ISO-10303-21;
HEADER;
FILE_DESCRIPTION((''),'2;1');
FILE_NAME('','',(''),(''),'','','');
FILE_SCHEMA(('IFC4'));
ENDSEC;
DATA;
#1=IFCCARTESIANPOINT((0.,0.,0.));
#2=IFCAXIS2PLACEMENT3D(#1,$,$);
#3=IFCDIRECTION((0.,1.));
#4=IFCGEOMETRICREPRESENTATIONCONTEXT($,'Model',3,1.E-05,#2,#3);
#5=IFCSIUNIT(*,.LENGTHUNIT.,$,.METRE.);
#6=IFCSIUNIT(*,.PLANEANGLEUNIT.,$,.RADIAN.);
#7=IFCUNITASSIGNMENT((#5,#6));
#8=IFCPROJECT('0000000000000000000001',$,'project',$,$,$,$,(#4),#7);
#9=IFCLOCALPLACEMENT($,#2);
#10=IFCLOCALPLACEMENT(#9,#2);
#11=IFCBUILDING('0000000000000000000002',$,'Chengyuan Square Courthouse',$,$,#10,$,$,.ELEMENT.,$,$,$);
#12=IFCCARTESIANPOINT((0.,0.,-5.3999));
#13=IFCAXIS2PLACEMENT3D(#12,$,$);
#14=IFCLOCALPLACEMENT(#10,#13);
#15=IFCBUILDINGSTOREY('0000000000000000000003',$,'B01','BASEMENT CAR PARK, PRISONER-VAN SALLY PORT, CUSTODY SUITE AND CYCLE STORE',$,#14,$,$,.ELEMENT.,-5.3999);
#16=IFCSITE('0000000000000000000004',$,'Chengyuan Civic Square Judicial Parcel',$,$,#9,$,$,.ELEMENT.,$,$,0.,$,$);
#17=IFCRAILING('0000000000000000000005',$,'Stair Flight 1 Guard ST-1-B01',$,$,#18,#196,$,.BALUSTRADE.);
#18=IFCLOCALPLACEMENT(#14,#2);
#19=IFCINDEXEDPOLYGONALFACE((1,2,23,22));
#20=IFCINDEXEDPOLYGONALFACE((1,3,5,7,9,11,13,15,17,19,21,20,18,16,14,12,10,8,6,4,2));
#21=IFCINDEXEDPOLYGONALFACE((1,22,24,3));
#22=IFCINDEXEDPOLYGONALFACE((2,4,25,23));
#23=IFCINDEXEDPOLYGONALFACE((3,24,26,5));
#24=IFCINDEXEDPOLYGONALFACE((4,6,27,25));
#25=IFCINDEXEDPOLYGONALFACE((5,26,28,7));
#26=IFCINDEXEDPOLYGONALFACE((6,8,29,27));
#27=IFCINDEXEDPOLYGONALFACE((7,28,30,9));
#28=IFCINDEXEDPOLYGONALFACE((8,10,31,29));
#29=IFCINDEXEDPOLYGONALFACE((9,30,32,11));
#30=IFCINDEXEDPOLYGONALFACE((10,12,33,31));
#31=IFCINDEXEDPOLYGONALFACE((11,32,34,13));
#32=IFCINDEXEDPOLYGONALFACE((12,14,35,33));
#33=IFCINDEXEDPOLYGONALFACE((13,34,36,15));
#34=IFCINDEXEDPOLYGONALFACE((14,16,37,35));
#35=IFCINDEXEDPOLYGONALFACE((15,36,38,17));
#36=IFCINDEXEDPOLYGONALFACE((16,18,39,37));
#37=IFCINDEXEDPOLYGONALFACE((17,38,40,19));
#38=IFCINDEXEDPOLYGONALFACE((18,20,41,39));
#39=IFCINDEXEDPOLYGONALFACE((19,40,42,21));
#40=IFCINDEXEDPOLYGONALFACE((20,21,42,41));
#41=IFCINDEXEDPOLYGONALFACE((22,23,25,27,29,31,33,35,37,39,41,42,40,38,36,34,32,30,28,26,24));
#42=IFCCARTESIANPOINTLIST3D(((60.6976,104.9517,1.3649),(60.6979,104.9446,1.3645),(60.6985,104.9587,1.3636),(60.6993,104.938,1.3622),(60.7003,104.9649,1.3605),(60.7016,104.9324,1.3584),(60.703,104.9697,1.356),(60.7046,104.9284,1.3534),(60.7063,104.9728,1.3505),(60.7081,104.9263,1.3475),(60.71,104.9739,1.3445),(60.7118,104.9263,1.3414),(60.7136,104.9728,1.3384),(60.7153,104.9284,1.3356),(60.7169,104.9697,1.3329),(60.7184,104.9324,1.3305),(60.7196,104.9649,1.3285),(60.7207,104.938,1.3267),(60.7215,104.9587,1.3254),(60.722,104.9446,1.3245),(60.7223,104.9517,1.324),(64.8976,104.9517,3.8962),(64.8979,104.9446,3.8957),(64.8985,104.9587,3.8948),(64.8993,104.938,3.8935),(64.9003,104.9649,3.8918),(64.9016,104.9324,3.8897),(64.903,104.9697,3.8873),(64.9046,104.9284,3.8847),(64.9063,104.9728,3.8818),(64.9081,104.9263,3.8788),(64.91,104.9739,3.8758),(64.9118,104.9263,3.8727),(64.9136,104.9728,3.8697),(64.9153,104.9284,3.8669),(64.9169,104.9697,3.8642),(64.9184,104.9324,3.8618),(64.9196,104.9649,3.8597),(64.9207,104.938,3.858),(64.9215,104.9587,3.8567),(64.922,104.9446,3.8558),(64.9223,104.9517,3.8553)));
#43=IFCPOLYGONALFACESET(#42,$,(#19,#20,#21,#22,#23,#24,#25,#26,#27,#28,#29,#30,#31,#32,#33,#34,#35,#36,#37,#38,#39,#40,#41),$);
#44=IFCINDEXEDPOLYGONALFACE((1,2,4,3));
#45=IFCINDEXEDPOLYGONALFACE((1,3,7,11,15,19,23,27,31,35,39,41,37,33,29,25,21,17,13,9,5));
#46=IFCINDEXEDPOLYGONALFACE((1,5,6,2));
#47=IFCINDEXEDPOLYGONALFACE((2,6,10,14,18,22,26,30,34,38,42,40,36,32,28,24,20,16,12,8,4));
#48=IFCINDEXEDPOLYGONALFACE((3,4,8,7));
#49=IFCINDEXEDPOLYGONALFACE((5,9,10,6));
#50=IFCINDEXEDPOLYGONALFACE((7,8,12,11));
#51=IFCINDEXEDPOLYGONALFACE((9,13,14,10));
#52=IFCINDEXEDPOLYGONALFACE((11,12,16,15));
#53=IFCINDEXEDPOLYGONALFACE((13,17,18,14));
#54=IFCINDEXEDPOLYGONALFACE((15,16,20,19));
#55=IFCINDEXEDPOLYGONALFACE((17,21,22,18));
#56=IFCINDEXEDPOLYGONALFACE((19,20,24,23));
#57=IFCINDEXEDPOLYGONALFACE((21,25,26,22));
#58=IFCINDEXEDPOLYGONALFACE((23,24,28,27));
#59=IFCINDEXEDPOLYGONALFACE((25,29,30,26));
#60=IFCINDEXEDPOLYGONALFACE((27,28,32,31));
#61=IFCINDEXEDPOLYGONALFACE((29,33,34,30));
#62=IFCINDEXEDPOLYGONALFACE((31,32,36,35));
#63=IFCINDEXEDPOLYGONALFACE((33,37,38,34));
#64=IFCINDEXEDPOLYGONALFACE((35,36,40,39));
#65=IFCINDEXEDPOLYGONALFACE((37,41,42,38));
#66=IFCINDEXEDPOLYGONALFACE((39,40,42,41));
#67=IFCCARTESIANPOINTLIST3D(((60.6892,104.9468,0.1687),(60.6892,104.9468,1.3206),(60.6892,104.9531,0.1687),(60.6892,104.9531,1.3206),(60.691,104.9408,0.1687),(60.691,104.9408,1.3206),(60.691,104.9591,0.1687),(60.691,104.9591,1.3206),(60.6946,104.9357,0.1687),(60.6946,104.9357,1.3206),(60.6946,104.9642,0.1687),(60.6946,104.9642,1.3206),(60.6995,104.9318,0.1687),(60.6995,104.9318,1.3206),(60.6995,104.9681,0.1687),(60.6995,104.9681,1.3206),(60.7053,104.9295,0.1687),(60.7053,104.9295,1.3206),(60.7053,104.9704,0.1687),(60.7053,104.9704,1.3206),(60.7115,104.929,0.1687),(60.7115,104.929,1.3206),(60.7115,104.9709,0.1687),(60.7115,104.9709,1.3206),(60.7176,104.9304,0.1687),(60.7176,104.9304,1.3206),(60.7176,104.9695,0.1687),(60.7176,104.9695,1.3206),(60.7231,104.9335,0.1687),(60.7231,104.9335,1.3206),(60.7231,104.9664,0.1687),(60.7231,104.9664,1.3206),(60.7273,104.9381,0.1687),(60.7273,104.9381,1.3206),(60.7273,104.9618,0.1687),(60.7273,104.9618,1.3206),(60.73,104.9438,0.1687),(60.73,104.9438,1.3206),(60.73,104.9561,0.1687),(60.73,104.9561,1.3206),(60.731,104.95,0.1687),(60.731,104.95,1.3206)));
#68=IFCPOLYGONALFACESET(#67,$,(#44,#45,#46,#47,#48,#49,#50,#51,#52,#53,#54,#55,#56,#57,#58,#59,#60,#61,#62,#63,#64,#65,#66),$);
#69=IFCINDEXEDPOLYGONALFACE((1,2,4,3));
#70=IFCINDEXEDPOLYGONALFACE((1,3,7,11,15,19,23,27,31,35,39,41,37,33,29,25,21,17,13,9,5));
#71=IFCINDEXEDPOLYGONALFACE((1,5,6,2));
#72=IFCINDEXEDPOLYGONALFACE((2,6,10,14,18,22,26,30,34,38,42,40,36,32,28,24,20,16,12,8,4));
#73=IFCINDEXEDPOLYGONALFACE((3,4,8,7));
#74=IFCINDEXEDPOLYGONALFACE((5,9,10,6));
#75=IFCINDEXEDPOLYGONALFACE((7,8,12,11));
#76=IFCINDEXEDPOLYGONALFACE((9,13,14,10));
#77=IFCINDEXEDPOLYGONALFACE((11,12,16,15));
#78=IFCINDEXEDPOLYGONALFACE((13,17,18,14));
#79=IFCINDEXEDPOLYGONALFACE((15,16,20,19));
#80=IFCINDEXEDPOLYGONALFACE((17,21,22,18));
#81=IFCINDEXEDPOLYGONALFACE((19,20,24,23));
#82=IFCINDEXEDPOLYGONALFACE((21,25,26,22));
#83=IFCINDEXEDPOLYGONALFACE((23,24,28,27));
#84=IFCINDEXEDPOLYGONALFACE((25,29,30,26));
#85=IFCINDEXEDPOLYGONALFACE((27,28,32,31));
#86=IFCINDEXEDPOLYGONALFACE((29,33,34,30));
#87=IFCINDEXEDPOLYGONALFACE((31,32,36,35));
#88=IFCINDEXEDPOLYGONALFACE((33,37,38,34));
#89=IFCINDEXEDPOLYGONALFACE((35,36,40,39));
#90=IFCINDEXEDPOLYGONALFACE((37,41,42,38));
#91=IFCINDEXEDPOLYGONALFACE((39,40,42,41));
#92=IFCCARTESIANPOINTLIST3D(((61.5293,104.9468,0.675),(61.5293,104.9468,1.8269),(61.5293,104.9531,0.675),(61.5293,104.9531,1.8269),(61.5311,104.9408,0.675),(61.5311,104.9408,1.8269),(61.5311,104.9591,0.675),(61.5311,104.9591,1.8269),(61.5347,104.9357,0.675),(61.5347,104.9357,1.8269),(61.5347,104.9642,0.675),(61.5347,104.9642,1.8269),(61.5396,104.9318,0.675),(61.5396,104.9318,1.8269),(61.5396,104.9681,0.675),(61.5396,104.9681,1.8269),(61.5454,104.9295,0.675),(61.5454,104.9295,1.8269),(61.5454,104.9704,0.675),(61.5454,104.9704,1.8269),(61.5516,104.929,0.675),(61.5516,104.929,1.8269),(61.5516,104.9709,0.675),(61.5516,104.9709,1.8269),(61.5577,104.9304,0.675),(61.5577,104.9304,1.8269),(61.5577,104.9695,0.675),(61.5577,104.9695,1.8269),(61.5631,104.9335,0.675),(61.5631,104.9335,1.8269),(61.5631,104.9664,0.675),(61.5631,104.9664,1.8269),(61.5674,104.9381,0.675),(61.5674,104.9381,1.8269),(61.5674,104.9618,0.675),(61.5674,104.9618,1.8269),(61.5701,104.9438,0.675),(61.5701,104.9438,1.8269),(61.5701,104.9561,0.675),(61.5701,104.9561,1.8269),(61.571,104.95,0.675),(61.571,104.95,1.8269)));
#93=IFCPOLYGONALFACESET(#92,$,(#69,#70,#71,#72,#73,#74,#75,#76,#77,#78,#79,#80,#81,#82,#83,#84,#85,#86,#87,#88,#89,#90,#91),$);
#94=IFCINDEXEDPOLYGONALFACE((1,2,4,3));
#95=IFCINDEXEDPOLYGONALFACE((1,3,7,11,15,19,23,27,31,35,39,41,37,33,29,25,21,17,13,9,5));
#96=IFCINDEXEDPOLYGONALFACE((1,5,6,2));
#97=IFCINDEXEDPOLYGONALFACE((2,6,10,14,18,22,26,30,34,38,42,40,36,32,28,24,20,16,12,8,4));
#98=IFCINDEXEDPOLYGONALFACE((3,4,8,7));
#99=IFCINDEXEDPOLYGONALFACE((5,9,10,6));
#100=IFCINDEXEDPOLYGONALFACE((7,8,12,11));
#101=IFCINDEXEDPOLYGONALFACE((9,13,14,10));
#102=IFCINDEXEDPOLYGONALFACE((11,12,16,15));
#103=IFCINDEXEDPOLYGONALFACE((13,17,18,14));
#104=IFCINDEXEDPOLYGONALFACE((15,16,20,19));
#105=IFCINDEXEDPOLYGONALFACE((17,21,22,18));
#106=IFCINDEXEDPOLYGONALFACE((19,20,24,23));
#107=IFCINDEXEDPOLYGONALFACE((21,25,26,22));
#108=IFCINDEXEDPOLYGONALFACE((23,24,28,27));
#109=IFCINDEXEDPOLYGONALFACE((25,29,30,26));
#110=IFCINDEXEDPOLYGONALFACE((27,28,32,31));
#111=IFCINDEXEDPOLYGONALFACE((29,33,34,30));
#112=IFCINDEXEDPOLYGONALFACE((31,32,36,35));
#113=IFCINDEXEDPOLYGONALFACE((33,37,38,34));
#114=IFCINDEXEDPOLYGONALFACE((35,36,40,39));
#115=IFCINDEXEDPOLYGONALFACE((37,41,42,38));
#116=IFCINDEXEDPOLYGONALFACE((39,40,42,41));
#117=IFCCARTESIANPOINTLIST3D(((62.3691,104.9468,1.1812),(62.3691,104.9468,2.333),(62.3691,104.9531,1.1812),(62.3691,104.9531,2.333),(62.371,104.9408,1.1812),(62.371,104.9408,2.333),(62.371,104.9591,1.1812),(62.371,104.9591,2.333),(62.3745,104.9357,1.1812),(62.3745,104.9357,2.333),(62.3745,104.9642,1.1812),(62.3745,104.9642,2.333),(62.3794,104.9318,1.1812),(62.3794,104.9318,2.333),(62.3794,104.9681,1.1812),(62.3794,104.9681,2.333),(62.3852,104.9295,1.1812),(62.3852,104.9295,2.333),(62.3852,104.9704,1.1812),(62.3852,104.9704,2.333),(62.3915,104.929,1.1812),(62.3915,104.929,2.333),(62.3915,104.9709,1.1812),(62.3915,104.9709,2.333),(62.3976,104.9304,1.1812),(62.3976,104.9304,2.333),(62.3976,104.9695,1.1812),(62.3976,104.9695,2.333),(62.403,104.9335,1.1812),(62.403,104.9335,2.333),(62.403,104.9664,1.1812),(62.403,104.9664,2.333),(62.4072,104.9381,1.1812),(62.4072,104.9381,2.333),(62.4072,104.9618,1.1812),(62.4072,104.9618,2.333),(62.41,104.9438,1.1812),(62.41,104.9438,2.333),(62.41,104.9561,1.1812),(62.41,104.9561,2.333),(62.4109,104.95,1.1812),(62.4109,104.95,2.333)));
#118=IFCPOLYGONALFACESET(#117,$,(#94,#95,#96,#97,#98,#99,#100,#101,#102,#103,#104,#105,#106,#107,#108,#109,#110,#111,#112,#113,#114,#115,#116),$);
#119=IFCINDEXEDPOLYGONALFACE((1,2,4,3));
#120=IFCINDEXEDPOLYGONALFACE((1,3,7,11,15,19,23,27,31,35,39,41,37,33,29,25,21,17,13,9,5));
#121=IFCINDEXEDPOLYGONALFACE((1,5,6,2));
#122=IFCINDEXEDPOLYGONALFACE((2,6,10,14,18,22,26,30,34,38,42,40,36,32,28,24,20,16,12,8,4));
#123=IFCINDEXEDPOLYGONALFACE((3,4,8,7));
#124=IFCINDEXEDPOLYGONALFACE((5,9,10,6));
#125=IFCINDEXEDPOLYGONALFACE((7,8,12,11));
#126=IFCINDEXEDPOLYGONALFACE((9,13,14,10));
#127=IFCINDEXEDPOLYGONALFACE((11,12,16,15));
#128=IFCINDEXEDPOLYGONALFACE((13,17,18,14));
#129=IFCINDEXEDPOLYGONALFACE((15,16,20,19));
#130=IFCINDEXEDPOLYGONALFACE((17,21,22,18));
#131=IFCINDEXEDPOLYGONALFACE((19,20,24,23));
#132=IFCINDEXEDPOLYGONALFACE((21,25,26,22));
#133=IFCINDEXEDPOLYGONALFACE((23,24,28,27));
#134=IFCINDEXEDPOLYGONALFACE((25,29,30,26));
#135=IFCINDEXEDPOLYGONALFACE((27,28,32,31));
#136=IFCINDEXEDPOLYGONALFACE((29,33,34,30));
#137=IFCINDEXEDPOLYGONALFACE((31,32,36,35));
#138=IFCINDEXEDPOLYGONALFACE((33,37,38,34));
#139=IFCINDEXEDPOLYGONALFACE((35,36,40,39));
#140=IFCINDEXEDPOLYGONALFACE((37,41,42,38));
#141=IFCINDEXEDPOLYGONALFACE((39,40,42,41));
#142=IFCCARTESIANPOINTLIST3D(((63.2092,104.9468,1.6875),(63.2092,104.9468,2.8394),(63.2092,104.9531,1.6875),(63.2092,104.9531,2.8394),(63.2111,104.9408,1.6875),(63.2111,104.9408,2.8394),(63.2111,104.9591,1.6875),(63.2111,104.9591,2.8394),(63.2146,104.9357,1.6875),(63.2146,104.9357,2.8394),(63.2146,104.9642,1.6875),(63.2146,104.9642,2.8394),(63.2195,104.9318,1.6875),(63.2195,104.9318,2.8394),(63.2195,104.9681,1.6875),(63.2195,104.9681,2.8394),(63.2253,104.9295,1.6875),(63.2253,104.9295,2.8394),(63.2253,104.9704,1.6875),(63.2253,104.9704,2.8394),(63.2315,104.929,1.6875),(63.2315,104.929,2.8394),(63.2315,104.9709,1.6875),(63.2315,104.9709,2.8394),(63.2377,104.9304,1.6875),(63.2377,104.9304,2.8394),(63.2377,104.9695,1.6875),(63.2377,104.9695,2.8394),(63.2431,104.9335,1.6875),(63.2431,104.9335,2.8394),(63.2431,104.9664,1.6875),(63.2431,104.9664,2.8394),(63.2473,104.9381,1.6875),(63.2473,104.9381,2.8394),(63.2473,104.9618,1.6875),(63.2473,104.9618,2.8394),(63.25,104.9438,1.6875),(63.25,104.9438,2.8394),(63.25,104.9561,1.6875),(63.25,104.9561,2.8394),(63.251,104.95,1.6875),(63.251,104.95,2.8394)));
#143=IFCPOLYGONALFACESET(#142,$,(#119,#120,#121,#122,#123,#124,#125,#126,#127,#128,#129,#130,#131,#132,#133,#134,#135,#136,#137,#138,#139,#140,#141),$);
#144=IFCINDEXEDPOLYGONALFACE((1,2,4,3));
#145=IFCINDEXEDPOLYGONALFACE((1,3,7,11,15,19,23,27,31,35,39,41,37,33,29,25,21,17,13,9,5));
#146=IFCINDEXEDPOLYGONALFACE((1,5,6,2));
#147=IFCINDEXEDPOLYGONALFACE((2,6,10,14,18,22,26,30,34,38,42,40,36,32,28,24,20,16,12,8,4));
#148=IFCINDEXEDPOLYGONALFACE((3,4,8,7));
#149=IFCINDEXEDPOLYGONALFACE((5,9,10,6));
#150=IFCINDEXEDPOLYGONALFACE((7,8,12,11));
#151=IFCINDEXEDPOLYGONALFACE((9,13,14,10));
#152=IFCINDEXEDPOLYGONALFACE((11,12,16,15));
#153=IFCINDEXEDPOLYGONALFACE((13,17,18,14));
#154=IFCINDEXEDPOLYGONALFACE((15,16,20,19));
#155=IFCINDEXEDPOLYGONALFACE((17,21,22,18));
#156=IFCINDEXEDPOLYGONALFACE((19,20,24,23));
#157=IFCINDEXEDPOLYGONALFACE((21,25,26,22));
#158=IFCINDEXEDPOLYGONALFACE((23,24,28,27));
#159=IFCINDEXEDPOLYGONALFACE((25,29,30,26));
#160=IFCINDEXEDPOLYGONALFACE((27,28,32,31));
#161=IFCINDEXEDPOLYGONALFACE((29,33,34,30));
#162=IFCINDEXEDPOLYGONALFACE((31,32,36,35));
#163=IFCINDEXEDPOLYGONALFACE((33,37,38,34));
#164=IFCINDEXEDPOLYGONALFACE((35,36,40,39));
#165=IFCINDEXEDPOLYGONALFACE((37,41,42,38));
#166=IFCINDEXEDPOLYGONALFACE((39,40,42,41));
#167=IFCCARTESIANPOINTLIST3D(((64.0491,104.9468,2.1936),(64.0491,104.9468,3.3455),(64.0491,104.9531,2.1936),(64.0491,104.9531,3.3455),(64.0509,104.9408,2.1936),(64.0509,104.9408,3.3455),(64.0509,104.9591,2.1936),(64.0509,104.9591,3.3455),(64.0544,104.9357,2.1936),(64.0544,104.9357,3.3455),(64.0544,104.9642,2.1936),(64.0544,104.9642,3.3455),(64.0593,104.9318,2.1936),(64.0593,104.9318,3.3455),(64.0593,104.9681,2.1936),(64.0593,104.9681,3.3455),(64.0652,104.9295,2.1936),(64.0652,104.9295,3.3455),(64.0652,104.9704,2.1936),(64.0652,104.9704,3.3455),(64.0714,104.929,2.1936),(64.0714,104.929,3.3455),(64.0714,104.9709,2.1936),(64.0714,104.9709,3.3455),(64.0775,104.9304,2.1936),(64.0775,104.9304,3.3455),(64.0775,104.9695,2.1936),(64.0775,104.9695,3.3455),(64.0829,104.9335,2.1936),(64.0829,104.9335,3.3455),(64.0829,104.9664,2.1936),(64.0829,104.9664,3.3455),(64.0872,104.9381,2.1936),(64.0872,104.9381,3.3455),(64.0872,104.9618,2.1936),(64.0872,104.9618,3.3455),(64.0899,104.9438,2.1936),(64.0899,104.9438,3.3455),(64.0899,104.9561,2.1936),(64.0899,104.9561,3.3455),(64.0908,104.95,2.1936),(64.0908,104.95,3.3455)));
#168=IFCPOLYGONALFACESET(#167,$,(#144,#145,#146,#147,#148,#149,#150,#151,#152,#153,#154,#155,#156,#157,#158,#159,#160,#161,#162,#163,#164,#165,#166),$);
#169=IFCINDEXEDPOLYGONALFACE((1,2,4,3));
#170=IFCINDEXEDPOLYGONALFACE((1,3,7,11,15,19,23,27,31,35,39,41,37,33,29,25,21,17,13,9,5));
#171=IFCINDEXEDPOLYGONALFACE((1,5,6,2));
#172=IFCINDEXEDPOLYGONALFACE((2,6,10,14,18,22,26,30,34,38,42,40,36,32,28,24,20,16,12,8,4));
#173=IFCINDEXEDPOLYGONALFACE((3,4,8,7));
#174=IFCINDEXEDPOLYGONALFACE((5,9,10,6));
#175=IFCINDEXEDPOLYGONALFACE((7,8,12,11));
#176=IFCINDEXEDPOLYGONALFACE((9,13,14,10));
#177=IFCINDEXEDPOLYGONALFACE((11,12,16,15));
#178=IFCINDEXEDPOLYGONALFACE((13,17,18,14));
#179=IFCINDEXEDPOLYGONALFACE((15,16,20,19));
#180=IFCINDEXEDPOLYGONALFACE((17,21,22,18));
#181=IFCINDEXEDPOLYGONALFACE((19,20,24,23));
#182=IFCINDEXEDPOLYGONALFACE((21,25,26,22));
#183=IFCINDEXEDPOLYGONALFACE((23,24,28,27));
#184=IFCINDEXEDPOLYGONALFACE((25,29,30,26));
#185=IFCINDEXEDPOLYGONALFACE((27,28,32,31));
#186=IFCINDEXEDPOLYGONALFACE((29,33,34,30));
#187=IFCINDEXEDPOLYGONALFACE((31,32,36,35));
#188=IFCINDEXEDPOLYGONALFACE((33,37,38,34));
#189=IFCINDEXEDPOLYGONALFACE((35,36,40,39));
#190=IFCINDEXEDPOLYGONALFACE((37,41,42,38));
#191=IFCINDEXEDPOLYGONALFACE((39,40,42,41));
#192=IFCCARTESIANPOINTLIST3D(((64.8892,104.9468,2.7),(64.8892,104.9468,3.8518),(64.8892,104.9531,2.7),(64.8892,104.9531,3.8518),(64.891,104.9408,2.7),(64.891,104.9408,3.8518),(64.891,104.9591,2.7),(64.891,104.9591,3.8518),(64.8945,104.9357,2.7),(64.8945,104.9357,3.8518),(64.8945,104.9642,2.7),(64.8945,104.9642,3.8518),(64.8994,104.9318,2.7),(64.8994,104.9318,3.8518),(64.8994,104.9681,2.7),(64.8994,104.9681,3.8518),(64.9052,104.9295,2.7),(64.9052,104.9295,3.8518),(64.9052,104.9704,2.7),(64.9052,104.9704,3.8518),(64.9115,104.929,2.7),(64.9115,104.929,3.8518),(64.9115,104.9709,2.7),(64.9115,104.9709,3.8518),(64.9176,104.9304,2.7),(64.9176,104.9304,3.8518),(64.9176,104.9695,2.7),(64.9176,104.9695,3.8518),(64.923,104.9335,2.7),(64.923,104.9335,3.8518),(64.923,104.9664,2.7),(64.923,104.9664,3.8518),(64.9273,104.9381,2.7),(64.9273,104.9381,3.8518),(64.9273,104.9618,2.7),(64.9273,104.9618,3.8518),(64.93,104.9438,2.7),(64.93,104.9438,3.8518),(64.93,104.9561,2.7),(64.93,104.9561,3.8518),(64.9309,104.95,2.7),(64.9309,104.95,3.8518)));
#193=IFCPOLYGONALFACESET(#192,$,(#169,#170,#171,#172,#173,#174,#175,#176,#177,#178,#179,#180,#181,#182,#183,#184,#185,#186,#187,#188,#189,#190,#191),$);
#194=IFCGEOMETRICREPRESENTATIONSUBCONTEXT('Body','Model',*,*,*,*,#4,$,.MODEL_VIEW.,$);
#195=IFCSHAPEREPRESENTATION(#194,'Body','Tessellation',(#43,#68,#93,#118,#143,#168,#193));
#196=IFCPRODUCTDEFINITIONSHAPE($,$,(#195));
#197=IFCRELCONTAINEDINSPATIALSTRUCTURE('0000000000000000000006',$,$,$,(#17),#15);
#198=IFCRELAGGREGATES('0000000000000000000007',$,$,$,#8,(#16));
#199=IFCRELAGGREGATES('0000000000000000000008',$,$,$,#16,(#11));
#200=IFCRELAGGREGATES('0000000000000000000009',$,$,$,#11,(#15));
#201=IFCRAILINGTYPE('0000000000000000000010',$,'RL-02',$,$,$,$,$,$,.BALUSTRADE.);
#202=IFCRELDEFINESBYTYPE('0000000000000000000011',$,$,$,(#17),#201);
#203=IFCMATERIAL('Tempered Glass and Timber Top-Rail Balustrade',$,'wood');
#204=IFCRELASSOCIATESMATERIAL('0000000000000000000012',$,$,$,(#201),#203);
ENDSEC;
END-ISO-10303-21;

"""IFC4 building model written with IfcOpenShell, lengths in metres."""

from ifc_helpers import new_model, si_unit, direction, frame, origin, origin_2d, place, context, subcontext, project, spatial, circle, extrude, material, type_object, element, save


model = new_model("IFC4")

# Units and contexts
model_context = context("Model", 3, precision=1e-05, world=origin(), true_north=direction((0.0, 1.0)))
body_context = subcontext(model_context, "Body", "Model", "MODEL_VIEW")
ifc_project = project(units=[si_unit("LENGTHUNIT", "METRE"), si_unit("PLANEANGLEUNIT", "RADIAN")], contexts=[model_context])

# Site, building, storey
site_placement = place(None, origin())
site = spatial("IfcSite", under=ifc_project, at=site_placement, Name="Chengyuan Civic Square Judicial Parcel", CompositionType="ELEMENT", RefElevation=0.0)
building_placement = place(site_placement, origin())
building = spatial("IfcBuilding", under=site, at=building_placement, Name="Chengyuan Square Courthouse", CompositionType="ELEMENT")
storey_placement = place(building_placement, frame((0.0, 0.0, -5.3999)))
storey = spatial("IfcBuildingStorey", under=building, at=storey_placement, Name="B01", Description="BASEMENT CAR PARK, PRISONER-VAN SALLY PORT, CUSTODY SUITE AND CYCLE STORE", CompositionType="ELEMENT", Elevation=-5.3999)

# Railing
ifc_material_1 = material(Name="Tempered Glass and Timber Top-Rail Balustrade", Category="wood")
railing_type_1 = type_object("IfcRailingType", Name="RL-02", PredefinedType="BALUSTRADE", material=ifc_material_1)
railing_1_placement = place(storey_placement, frame((60.71, 104.95, 0.1687)))
element("IfcRailing", 1, at=railing_1_placement, inside=storey, type_object=railing_type_1, Name="Stair Flight 1 Guard ST-1-B01", PredefinedType="BALUSTRADE", context=body_context, shape_type="SweptSolid", body=[
    extrude(circle(Radius=0.0239, at=origin_2d()), frame((0.0, 0.0, 1.1758), z_axis=(0.856476, 0.0, 0.516186), x_axis=(0.0, 1.0, 0.0)), (0.0, 0.0, 1.0), 4.9038),
    extrude(circle(Radius=0.021, at=origin_2d()), origin(), (0.0, 0.0, 1.0), 1.1519),
    extrude(circle(Radius=0.021, at=origin_2d()), frame((0.8401, 0.0, 0.5063)), (0.0, 0.0, 1.0), 1.1519),
    extrude(circle(Radius=0.021, at=origin_2d()), frame((1.6799, 0.0, 1.0125)), (0.0, 0.0, 1.0), 1.1519),
    extrude(circle(Radius=0.021, at=origin_2d()), frame((2.52, 0.0, 1.5188)), (0.0, 0.0, 1.0), 1.1519),
    extrude(circle(Radius=0.021, at=origin_2d()), frame((3.3599, 0.0, 2.0249)), (0.0, 0.0, 1.0), 1.1519),
    extrude(circle(Radius=0.021, at=origin_2d()), frame((4.2, 0.0, 2.5312)), (0.0, 0.0, 1.0), 1.1519),
])

save(model, "model.ifc")
